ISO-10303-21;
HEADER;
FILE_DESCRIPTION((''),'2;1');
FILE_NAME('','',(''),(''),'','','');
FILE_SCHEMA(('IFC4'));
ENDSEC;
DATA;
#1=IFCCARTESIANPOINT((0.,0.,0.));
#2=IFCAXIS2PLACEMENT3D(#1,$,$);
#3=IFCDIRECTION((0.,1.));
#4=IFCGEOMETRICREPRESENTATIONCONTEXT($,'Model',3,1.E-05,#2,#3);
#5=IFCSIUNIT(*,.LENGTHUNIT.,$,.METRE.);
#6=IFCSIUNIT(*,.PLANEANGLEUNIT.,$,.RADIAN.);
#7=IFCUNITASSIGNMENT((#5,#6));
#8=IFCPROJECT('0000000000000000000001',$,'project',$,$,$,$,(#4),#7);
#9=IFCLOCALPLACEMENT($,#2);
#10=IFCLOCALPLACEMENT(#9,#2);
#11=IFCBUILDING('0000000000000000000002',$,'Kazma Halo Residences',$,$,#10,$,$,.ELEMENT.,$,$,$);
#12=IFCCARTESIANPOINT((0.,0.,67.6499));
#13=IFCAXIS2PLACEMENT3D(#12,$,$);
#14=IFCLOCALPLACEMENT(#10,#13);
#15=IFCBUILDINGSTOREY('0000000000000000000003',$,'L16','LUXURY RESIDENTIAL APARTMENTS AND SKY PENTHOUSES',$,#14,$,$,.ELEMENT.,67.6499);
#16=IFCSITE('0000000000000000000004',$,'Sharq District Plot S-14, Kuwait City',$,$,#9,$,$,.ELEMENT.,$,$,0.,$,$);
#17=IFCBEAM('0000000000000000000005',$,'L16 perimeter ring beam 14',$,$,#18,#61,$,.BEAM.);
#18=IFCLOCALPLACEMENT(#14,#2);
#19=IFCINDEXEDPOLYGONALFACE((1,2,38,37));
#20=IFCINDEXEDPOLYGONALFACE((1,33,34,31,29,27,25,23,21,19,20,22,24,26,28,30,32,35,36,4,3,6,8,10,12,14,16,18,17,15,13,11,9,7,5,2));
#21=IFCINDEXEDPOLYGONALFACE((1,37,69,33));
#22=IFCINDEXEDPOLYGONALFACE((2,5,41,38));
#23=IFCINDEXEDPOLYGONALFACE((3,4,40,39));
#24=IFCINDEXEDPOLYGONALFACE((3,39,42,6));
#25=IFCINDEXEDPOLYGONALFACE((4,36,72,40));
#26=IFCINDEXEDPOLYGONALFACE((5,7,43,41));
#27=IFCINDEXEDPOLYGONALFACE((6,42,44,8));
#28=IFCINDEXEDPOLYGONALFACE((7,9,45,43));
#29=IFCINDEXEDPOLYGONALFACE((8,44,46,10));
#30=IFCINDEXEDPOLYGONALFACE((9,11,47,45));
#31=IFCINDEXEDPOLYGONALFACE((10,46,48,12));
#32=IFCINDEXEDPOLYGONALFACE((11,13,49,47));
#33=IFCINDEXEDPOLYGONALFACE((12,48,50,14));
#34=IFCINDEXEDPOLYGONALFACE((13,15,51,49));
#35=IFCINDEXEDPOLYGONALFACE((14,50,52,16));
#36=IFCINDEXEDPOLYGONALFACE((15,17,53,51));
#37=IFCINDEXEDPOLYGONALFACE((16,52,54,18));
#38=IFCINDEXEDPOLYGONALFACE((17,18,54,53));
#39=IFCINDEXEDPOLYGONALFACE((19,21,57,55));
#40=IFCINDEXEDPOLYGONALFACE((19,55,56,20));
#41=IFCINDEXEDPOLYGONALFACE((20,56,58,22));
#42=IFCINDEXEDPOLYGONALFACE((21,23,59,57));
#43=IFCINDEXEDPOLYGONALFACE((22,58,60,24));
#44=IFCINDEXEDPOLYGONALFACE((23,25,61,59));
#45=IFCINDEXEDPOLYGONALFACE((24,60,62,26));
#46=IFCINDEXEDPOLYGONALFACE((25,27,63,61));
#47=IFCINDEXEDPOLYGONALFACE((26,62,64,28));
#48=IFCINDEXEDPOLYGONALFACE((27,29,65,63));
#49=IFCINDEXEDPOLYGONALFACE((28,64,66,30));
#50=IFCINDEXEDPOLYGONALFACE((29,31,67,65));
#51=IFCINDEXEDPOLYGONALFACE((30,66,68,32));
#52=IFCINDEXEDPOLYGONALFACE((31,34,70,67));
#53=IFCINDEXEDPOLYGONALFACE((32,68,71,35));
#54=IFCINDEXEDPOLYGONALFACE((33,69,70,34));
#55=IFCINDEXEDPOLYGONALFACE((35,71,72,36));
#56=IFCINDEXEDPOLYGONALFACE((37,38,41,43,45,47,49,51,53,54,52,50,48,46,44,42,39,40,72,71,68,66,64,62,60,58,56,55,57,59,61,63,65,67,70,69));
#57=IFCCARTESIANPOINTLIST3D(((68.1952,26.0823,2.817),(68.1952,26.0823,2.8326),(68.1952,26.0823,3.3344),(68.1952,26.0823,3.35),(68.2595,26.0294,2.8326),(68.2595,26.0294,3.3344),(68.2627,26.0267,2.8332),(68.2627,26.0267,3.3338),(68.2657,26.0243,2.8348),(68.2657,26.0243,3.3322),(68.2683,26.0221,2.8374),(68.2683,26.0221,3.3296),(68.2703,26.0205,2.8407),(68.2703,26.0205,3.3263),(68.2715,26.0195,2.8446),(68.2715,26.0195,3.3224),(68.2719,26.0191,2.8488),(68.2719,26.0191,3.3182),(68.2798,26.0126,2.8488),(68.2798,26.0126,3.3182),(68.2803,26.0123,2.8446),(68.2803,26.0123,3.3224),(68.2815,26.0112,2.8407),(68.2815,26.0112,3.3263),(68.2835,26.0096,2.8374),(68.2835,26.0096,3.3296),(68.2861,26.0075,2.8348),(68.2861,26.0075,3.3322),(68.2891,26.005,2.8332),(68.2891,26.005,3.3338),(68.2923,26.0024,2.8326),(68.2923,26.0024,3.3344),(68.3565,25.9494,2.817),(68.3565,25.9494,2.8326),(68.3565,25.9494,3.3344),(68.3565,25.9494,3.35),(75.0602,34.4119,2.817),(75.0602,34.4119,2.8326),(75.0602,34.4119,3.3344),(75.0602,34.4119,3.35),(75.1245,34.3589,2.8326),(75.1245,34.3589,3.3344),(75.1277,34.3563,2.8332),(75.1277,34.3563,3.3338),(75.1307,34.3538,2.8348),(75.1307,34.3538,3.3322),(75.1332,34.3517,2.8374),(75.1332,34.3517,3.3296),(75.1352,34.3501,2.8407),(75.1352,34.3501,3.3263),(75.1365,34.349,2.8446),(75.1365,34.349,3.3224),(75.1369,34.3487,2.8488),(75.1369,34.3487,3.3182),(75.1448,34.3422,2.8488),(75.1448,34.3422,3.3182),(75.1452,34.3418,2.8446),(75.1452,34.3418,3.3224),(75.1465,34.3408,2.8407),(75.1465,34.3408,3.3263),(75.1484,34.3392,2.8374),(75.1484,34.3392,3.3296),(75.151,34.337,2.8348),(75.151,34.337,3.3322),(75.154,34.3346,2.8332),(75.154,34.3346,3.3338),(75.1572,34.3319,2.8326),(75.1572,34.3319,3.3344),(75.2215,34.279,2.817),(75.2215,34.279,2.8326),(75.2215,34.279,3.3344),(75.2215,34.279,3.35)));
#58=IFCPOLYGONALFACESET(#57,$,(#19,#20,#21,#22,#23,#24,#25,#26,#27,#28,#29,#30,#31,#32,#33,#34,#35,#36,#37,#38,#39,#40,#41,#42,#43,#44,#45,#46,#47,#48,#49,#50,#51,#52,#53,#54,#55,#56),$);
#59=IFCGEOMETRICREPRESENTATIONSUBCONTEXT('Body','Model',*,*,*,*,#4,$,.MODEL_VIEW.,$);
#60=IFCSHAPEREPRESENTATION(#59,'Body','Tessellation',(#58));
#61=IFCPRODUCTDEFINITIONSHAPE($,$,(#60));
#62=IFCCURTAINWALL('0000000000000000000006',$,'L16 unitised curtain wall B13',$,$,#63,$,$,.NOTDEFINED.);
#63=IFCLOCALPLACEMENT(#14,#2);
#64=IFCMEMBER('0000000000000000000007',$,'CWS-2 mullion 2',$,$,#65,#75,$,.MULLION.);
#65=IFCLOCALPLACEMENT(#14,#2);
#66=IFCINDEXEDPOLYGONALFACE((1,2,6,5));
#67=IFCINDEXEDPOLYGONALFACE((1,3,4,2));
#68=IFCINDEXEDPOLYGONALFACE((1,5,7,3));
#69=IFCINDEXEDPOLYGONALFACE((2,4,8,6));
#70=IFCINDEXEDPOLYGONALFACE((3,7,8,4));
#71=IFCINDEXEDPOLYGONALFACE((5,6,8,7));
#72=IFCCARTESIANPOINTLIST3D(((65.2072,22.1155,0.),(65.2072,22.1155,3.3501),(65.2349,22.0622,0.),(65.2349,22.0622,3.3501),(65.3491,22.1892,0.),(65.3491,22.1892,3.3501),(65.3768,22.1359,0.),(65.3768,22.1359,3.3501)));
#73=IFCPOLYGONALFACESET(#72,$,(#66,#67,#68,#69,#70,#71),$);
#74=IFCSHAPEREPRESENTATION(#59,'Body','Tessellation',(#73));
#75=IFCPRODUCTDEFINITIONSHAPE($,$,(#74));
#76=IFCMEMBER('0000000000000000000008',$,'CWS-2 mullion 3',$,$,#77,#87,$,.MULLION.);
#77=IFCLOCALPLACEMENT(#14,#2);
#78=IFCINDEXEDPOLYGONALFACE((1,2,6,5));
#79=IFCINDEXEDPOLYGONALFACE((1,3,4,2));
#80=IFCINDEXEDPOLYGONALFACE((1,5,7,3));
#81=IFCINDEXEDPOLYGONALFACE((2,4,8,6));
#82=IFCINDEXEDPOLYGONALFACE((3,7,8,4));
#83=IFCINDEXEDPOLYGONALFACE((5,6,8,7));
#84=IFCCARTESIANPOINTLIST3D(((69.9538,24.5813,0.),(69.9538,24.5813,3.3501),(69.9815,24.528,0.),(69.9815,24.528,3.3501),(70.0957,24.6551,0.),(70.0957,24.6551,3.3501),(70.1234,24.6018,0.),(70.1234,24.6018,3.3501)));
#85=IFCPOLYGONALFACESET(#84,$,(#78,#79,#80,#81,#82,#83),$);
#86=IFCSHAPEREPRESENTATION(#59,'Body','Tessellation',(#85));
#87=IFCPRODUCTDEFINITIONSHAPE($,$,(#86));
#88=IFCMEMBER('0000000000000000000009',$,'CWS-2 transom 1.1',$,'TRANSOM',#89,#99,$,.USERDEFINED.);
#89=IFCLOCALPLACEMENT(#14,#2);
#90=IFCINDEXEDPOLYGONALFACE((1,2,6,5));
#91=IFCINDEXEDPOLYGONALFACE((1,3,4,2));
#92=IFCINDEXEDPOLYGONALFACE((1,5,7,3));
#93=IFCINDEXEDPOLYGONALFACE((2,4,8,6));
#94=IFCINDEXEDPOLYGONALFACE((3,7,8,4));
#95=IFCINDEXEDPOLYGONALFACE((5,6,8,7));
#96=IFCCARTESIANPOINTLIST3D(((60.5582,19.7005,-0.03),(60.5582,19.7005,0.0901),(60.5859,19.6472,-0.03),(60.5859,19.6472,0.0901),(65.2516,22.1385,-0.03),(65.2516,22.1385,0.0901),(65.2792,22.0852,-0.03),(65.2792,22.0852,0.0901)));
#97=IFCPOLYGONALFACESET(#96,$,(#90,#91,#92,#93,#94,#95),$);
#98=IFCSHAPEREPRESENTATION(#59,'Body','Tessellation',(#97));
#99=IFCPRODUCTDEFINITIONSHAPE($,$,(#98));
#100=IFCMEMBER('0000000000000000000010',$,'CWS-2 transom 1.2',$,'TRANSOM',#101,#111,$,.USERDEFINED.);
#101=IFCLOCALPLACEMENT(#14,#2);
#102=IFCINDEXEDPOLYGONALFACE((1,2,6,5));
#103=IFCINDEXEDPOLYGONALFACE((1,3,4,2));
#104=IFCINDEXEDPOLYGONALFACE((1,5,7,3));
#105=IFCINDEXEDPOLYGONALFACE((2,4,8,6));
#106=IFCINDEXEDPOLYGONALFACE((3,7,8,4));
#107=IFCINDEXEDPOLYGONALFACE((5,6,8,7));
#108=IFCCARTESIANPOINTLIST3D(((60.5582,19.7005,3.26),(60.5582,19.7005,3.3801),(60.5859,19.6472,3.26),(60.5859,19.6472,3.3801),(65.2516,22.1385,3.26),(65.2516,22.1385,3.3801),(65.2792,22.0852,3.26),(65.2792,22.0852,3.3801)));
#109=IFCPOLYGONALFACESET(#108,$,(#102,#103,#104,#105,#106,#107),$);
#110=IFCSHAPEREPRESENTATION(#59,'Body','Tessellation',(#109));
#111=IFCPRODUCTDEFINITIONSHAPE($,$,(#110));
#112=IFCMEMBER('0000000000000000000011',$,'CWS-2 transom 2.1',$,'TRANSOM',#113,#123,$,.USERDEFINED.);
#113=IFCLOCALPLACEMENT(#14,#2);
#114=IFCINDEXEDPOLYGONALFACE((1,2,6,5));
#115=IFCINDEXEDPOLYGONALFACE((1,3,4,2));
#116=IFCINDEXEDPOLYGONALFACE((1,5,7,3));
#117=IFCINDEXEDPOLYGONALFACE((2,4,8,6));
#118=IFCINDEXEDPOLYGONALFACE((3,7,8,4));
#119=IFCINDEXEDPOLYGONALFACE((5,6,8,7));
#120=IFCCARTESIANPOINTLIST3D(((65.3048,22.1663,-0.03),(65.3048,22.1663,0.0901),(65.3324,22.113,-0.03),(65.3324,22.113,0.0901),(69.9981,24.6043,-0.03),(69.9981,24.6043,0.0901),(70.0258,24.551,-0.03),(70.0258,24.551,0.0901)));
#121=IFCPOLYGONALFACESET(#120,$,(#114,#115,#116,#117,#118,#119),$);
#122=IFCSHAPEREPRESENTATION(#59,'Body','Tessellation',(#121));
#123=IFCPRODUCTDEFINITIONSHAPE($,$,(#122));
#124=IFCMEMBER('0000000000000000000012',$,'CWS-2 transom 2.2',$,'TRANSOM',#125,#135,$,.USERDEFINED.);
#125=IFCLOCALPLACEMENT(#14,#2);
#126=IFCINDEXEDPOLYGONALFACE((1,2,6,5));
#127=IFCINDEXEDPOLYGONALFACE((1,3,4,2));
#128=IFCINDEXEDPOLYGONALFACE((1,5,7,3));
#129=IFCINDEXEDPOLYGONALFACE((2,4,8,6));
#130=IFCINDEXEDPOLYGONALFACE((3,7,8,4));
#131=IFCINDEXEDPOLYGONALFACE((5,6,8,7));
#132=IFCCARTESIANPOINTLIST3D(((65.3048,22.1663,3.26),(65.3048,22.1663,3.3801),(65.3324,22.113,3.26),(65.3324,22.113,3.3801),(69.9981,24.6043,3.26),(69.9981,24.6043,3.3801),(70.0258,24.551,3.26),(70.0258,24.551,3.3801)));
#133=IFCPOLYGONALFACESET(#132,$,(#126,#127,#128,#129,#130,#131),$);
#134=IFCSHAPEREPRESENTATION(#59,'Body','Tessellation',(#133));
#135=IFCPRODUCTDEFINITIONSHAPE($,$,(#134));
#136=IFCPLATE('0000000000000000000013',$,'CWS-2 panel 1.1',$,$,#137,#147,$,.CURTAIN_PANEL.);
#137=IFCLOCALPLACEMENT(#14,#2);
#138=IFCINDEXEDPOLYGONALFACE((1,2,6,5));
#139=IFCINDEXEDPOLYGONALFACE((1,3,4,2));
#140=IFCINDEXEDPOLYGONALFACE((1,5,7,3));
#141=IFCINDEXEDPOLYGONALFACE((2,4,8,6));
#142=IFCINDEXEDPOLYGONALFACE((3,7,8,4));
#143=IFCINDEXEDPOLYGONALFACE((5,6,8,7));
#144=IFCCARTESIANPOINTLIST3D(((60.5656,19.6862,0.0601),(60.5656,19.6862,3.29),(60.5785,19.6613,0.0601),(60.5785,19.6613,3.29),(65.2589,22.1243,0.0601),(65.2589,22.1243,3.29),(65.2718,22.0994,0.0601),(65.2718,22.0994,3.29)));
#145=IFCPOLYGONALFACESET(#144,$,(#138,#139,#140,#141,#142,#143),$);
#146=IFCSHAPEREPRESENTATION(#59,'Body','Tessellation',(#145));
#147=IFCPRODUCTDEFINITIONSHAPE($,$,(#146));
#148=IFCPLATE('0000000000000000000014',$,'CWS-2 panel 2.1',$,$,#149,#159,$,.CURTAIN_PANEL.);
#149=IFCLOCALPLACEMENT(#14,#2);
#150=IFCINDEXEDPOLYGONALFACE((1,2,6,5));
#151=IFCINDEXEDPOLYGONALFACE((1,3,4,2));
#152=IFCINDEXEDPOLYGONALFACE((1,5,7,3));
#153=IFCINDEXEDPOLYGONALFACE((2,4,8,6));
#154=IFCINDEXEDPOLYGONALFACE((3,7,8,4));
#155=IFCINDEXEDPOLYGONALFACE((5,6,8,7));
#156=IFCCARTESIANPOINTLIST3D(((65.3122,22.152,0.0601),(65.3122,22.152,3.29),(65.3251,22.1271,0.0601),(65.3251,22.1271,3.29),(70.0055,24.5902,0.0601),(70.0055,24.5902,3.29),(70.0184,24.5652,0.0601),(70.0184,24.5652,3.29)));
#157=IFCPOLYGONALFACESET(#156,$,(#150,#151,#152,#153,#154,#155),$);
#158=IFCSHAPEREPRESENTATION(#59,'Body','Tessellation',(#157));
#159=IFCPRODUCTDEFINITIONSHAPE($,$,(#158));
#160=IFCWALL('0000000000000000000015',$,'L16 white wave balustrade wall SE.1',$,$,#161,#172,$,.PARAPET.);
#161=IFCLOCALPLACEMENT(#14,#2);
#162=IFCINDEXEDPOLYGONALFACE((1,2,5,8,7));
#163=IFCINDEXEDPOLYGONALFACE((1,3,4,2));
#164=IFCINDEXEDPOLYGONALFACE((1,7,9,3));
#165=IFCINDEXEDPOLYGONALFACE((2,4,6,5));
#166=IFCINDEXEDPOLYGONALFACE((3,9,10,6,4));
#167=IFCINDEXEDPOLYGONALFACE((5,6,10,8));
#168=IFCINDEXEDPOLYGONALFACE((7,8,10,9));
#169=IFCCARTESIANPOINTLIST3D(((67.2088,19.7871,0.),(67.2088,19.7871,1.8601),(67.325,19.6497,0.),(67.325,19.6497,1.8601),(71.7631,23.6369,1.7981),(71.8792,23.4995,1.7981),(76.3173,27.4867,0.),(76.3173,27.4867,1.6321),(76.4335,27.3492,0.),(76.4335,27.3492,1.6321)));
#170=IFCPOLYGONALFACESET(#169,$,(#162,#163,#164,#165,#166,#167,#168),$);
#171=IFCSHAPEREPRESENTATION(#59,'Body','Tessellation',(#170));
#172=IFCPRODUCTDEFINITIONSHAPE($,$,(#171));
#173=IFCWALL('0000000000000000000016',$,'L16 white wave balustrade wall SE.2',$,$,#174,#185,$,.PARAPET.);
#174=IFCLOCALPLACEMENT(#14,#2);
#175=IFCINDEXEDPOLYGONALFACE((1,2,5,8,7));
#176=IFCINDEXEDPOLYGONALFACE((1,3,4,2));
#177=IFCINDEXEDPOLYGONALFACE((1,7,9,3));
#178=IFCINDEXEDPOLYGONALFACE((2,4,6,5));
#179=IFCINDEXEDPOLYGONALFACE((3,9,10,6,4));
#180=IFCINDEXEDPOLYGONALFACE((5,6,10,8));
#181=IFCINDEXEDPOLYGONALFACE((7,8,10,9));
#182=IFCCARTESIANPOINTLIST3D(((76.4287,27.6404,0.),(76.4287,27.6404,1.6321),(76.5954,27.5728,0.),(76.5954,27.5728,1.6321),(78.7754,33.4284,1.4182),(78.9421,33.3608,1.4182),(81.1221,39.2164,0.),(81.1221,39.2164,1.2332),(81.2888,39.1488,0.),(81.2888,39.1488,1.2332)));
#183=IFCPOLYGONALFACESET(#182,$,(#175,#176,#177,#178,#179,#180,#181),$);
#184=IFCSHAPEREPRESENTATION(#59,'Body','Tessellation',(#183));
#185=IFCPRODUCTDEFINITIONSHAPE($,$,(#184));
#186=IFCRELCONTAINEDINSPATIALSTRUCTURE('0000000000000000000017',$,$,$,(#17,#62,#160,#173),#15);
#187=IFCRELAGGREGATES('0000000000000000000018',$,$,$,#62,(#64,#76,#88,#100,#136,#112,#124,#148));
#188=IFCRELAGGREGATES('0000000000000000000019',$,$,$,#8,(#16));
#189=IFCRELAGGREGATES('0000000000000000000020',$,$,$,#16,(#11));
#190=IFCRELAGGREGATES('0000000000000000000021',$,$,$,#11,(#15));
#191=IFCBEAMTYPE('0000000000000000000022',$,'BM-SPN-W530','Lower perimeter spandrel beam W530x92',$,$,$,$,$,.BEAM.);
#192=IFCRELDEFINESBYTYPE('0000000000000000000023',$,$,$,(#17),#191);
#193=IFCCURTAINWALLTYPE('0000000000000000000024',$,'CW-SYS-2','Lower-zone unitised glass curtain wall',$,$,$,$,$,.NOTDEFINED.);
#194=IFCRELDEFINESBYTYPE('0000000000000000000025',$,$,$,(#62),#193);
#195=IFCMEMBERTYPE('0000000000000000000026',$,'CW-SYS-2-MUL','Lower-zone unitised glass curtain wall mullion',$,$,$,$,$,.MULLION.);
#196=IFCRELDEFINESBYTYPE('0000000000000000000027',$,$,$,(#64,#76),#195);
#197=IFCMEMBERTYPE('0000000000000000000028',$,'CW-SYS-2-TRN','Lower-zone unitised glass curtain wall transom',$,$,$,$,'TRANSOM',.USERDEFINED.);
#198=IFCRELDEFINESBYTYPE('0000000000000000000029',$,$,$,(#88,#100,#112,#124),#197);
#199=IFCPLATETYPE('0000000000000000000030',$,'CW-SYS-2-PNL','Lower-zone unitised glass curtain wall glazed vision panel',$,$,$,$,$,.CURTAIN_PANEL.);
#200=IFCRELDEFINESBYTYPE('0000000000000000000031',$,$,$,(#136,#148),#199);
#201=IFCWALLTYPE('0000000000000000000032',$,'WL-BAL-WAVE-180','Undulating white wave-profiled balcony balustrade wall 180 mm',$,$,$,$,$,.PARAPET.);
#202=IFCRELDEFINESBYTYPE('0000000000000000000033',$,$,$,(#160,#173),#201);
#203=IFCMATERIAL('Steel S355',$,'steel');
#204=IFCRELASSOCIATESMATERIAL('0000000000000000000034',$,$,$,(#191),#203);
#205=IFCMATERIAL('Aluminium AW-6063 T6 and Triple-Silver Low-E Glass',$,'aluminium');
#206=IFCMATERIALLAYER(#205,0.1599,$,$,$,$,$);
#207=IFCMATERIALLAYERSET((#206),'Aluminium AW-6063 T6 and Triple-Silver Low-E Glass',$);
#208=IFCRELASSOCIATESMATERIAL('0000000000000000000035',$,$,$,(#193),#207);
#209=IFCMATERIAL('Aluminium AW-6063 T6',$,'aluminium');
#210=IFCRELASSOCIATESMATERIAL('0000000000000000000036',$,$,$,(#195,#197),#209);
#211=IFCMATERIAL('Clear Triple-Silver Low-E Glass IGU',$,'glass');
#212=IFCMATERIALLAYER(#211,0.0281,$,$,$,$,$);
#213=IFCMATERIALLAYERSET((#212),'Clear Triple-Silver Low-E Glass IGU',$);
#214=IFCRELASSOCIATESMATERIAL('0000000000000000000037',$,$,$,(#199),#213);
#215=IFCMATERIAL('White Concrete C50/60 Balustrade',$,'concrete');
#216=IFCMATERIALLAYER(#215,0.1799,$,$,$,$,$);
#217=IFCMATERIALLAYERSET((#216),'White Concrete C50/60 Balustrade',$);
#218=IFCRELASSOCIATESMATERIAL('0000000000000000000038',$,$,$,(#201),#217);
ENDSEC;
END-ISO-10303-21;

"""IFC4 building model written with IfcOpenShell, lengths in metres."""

from ifc_helpers import new_model, si_unit, direction, frame, origin, origin_2d, place, context, subcontext, project, spatial, polyline, rectangle, i_section, outline, extrude, material, layer, layer_set, material_profile, profile_set, type_object, element, aggregate, save


model = new_model("IFC4")

# Units and contexts
model_context = context("Model", 3, precision=1e-05, world=origin(), true_north=direction((0.0, 1.0)))
body_context = subcontext(model_context, "Body", "Model", "MODEL_VIEW")
ifc_project = project(units=[si_unit("LENGTHUNIT", "METRE"), si_unit("PLANEANGLEUNIT", "RADIAN")], contexts=[model_context])

# Site, building, storey
site_placement = place(None, origin())
site = spatial("IfcSite", under=ifc_project, at=site_placement, Name="Sharq District Plot S-14, Kuwait City", CompositionType="ELEMENT", RefElevation=0.0)
building_placement = place(site_placement, origin())
building = spatial("IfcBuilding", under=site, at=building_placement, Name="Kazma Halo Residences", CompositionType="ELEMENT")
storey_placement = place(building_placement, frame((0.0, 0.0, 67.6499)))
storey = spatial("IfcBuildingStorey", under=building, at=storey_placement, Name="L16", Description="LUXURY RESIDENTIAL APARTMENTS AND SKY PENTHOUSES", CompositionType="ELEMENT", Elevation=67.6499)

# Beam
ifc_material_1 = material(Name="Steel S355", Category="steel")
ifc_material_profile_1 = material_profile(ifc_material_1, i_section(OverallWidth=0.209, OverallDepth=0.533, WebThickness=0.0103, FlangeThickness=0.0156, FilletRadius=0.0161, at=origin_2d()), Name="W530x92")
ifc_profile_set_1 = profile_set([ifc_material_profile_1], Name="Steel S355")
beam_type_1 = type_object("IfcBeamType", Name="BM-SPN-W530", Description="Lower perimeter spandrel beam W530x92", PredefinedType="BEAM", material=ifc_profile_set_1)
beam_1_placement = place(storey_placement, frame((68.2759, 26.0159, 3.0835), z_axis=(0.636001, 0.771688, 0.0), x_axis=(-0.771688, 0.636001, 0.0)))
element("IfcBeam", 1, at=beam_1_placement, inside=storey, type_object=beam_type_1, Name="L16 perimeter ring beam 14", PredefinedType="BEAM", context=body_context, shape_type="SweptSolid", body=[
    extrude(i_section(OverallWidth=0.209, OverallDepth=0.533, WebThickness=0.0103, FlangeThickness=0.0156, FilletRadius=0.0161, at=origin_2d()), origin(), (0.0, 0.0, 1.0), 10.7939),
])

# Curtain wall, members, plates
ifc_material_2 = material(Name="Aluminium AW-6063 T6 and Triple-Silver Low-E Glass", Category="aluminium")
ifc_layer_1 = layer(ifc_material_2, 0.1599)
ifc_layer_set_1 = layer_set([ifc_layer_1], Name="Aluminium AW-6063 T6 and Triple-Silver Low-E Glass")
curtain_wall_type = type_object("IfcCurtainWallType", Name="CW-SYS-2", Description="Lower-zone unitised glass curtain wall", PredefinedType="NOTDEFINED", material=ifc_layer_set_1)
curtain_wall_placement = place(storey_placement, origin())
curtain_wall = element("IfcCurtainWall", 2, at=curtain_wall_placement, inside=storey, type_object=curtain_wall_type, Name="L16 unitised curtain wall B13", PredefinedType="NOTDEFINED")
ifc_material_3 = material(Name="Aluminium AW-6063 T6", Category="aluminium")
ifc_material_profile_2 = material_profile(ifc_material_3, rectangle(XDim=0.0601, YDim=0.1599, at=origin_2d()), Name="CWM-60x160")
ifc_profile_set_2 = profile_set([ifc_material_profile_2], Name="Aluminium AW-6063 T6")
member_type_1 = type_object("IfcMemberType", Name="CW-SYS-2-MUL", Description="Lower-zone unitised glass curtain wall mullion", PredefinedType="MULLION", material=ifc_profile_set_2)
member_1_placement = place(storey_placement, frame((65.292, 22.1257, 0.0), z_axis=(0.0, 0.0, 1.0), x_axis=(-0.460996, 0.887402, 0.0)))
member_1 = element("IfcMember", 3, at=member_1_placement, type_object=member_type_1, Name="CWS-2 mullion 2", PredefinedType="MULLION", context=body_context, shape_type="SweptSolid", body=[
    extrude(rectangle(XDim=0.0601, YDim=0.1599, at=origin_2d()), origin(), (0.0, 0.0, 1.0), 3.3501),
])
member_2_placement = place(storey_placement, frame((70.0386, 24.5916, 0.0), z_axis=(0.0, 0.0, 1.0), x_axis=(-0.460996, 0.887402, 0.0)))
member_2 = element("IfcMember", 4, at=member_2_placement, type_object=member_type_1, Name="CWS-2 mullion 3", PredefinedType="MULLION", context=body_context, shape_type="SweptSolid", body=[
    extrude(rectangle(XDim=0.0601, YDim=0.1599, at=origin_2d()), origin(), (0.0, 0.0, 1.0), 3.3501),
])
ifc_material_profile_3 = material_profile(ifc_material_3, rectangle(XDim=0.0601, YDim=0.1201, at=origin_2d()), Name="CWT-60x120")
ifc_profile_set_3 = profile_set([ifc_material_profile_3], Name="Aluminium AW-6063 T6")
member_type_2 = type_object("IfcMemberType", Name="CW-SYS-2-TRN", Description="Lower-zone unitised glass curtain wall transom", ElementType="TRANSOM", PredefinedType="USERDEFINED", material=ifc_profile_set_3)
member_3_placement = place(storey_placement, frame((60.572, 19.6738, 0.03), z_axis=(0.887415, 0.460972, 0.0), x_axis=(-0.460972, 0.887415, 0.0)))
member_3 = element("IfcMember", 5, at=member_3_placement, type_object=member_type_2, Name="CWS-2 transom 1.1", ObjectType="TRANSOM", PredefinedType="USERDEFINED", context=body_context, shape_type="SweptSolid", body=[
    extrude(rectangle(XDim=0.0601, YDim=0.1201, at=origin_2d()), origin(), (0.0, 0.0, 1.0), 5.2888),
])
member_4_placement = place(storey_placement, frame((60.572, 19.6738, 3.3201), z_axis=(0.887415, 0.460972, 0.0), x_axis=(-0.460972, 0.887415, 0.0)))
member_4 = element("IfcMember", 6, at=member_4_placement, type_object=member_type_2, Name="CWS-2 transom 1.2", ObjectType="TRANSOM", PredefinedType="USERDEFINED", context=body_context, shape_type="SweptSolid", body=[
    extrude(rectangle(XDim=0.0601, YDim=0.1201, at=origin_2d()), origin(), (0.0, 0.0, 1.0), 5.2888),
])
member_5_placement = place(storey_placement, frame((65.3186, 22.1396, 0.03), z_axis=(0.887415, 0.460972, 0.0), x_axis=(-0.460972, 0.887415, 0.0)))
member_5 = element("IfcMember", 7, at=member_5_placement, type_object=member_type_2, Name="CWS-2 transom 2.1", ObjectType="TRANSOM", PredefinedType="USERDEFINED", context=body_context, shape_type="SweptSolid", body=[
    extrude(rectangle(XDim=0.0601, YDim=0.1201, at=origin_2d()), origin(), (0.0, 0.0, 1.0), 5.2888),
])
member_6_placement = place(storey_placement, frame((65.3186, 22.1396, 3.3201), z_axis=(0.887415, 0.460972, 0.0), x_axis=(-0.460972, 0.887415, 0.0)))
member_6 = element("IfcMember", 8, at=member_6_placement, type_object=member_type_2, Name="CWS-2 transom 2.2", ObjectType="TRANSOM", PredefinedType="USERDEFINED", context=body_context, shape_type="SweptSolid", body=[
    extrude(rectangle(XDim=0.0601, YDim=0.1201, at=origin_2d()), origin(), (0.0, 0.0, 1.0), 5.2888),
])
ifc_material_4 = material(Name="Clear Triple-Silver Low-E Glass IGU", Category="glass")
ifc_layer_2 = layer(ifc_material_4, 0.0281)
ifc_layer_set_2 = layer_set([ifc_layer_2], Name="Clear Triple-Silver Low-E Glass IGU")
plate_type = type_object("IfcPlateType", Name="CW-SYS-2-PNL", Description="Lower-zone unitised glass curtain wall glazed vision panel", PredefinedType="CURTAIN_PANEL", material=ifc_layer_set_2)
plate_1_placement = place(storey_placement, frame((62.9187, 20.8928, 0.0601), z_axis=(0.0, 0.0, 1.0), x_axis=(0.887402, 0.460996, 0.0)))
plate_1 = element("IfcPlate", 9, at=plate_1_placement, type_object=plate_type, Name="CWS-2 panel 1.1", PredefinedType="CURTAIN_PANEL", context=body_context, shape_type="SweptSolid", body=[
    extrude(rectangle(XDim=5.2888, YDim=0.0281, at=origin_2d()), origin(), (0.0, 0.0, 1.0), 3.23),
])
plate_2_placement = place(storey_placement, frame((67.6653, 23.3586, 0.0601), z_axis=(0.0, 0.0, 1.0), x_axis=(0.887402, 0.460996, 0.0)))
plate_2 = element("IfcPlate", 10, at=plate_2_placement, type_object=plate_type, Name="CWS-2 panel 2.1", PredefinedType="CURTAIN_PANEL", context=body_context, shape_type="SweptSolid", body=[
    extrude(rectangle(XDim=5.2888, YDim=0.0281, at=origin_2d()), origin(), (0.0, 0.0, 1.0), 3.23),
])
aggregate(curtain_wall, [member_1, member_2, member_3, member_4, plate_1, member_5, member_6, plate_2])

# Walls
ifc_material_5 = material(Name="White Concrete C50/60 Balustrade", Category="concrete")
ifc_layer_3 = layer(ifc_material_5, 0.1799)
ifc_layer_set_3 = layer_set([ifc_layer_3], Name="White Concrete C50/60 Balustrade")
wall_type_1 = type_object("IfcWallType", Name="WL-BAL-WAVE-180", Description="Undulating white wave-profiled balcony balustrade wall 180 mm", PredefinedType="PARAPET", material=ifc_layer_set_3)
wall_1_placement = place(storey_placement, frame((67.2668, 19.7185, 0.0), z_axis=(0.0, 0.0, 1.0), x_axis=(0.763702, 0.645569, 0.0)))
element("IfcWall", 11, at=wall_1_placement, inside=storey, type_object=wall_type_1, Name="L16 white wave balustrade wall SE.1", PredefinedType="PARAPET", context=body_context, shape_type="SweptSolid", body=[
    extrude(outline(polyline([(0.0, 0.0), (11.9268, 0.0), (11.9268, 1.6321), (5.9634, 1.7981), (0.0, 1.8601), (0.0, 0.0)])), frame((0.0, 0.0898, 0.0), z_axis=(0.0, -1.0, 0.0), x_axis=(1.0, 0.0, 0.0)), (0.0, 0.0, 1.0), 0.1799),
])
wall_2_placement = place(storey_placement, frame((76.512, 27.6067, 0.0), z_axis=(0.0, 0.0, 1.0), x_axis=(0.375734, 0.926728, 0.0)))
element("IfcWall", 12, at=wall_2_placement, inside=storey, type_object=wall_type_1, Name="L16 white wave balustrade wall SE.2", PredefinedType="PARAPET", context=body_context, shape_type="SweptSolid", body=[
    extrude(outline(polyline([(0.0, 0.0), (12.4912, 0.0), (12.4912, 1.2332), (6.2456, 1.4182), (0.0, 1.6321), (0.0, 0.0)])), frame((0.0, 0.0898, 0.0), z_axis=(0.0, -1.0, 0.0), x_axis=(1.0, 0.0, 0.0)), (0.0, 0.0, 1.0), 0.1799),
])

save(model, "model.ifc")
